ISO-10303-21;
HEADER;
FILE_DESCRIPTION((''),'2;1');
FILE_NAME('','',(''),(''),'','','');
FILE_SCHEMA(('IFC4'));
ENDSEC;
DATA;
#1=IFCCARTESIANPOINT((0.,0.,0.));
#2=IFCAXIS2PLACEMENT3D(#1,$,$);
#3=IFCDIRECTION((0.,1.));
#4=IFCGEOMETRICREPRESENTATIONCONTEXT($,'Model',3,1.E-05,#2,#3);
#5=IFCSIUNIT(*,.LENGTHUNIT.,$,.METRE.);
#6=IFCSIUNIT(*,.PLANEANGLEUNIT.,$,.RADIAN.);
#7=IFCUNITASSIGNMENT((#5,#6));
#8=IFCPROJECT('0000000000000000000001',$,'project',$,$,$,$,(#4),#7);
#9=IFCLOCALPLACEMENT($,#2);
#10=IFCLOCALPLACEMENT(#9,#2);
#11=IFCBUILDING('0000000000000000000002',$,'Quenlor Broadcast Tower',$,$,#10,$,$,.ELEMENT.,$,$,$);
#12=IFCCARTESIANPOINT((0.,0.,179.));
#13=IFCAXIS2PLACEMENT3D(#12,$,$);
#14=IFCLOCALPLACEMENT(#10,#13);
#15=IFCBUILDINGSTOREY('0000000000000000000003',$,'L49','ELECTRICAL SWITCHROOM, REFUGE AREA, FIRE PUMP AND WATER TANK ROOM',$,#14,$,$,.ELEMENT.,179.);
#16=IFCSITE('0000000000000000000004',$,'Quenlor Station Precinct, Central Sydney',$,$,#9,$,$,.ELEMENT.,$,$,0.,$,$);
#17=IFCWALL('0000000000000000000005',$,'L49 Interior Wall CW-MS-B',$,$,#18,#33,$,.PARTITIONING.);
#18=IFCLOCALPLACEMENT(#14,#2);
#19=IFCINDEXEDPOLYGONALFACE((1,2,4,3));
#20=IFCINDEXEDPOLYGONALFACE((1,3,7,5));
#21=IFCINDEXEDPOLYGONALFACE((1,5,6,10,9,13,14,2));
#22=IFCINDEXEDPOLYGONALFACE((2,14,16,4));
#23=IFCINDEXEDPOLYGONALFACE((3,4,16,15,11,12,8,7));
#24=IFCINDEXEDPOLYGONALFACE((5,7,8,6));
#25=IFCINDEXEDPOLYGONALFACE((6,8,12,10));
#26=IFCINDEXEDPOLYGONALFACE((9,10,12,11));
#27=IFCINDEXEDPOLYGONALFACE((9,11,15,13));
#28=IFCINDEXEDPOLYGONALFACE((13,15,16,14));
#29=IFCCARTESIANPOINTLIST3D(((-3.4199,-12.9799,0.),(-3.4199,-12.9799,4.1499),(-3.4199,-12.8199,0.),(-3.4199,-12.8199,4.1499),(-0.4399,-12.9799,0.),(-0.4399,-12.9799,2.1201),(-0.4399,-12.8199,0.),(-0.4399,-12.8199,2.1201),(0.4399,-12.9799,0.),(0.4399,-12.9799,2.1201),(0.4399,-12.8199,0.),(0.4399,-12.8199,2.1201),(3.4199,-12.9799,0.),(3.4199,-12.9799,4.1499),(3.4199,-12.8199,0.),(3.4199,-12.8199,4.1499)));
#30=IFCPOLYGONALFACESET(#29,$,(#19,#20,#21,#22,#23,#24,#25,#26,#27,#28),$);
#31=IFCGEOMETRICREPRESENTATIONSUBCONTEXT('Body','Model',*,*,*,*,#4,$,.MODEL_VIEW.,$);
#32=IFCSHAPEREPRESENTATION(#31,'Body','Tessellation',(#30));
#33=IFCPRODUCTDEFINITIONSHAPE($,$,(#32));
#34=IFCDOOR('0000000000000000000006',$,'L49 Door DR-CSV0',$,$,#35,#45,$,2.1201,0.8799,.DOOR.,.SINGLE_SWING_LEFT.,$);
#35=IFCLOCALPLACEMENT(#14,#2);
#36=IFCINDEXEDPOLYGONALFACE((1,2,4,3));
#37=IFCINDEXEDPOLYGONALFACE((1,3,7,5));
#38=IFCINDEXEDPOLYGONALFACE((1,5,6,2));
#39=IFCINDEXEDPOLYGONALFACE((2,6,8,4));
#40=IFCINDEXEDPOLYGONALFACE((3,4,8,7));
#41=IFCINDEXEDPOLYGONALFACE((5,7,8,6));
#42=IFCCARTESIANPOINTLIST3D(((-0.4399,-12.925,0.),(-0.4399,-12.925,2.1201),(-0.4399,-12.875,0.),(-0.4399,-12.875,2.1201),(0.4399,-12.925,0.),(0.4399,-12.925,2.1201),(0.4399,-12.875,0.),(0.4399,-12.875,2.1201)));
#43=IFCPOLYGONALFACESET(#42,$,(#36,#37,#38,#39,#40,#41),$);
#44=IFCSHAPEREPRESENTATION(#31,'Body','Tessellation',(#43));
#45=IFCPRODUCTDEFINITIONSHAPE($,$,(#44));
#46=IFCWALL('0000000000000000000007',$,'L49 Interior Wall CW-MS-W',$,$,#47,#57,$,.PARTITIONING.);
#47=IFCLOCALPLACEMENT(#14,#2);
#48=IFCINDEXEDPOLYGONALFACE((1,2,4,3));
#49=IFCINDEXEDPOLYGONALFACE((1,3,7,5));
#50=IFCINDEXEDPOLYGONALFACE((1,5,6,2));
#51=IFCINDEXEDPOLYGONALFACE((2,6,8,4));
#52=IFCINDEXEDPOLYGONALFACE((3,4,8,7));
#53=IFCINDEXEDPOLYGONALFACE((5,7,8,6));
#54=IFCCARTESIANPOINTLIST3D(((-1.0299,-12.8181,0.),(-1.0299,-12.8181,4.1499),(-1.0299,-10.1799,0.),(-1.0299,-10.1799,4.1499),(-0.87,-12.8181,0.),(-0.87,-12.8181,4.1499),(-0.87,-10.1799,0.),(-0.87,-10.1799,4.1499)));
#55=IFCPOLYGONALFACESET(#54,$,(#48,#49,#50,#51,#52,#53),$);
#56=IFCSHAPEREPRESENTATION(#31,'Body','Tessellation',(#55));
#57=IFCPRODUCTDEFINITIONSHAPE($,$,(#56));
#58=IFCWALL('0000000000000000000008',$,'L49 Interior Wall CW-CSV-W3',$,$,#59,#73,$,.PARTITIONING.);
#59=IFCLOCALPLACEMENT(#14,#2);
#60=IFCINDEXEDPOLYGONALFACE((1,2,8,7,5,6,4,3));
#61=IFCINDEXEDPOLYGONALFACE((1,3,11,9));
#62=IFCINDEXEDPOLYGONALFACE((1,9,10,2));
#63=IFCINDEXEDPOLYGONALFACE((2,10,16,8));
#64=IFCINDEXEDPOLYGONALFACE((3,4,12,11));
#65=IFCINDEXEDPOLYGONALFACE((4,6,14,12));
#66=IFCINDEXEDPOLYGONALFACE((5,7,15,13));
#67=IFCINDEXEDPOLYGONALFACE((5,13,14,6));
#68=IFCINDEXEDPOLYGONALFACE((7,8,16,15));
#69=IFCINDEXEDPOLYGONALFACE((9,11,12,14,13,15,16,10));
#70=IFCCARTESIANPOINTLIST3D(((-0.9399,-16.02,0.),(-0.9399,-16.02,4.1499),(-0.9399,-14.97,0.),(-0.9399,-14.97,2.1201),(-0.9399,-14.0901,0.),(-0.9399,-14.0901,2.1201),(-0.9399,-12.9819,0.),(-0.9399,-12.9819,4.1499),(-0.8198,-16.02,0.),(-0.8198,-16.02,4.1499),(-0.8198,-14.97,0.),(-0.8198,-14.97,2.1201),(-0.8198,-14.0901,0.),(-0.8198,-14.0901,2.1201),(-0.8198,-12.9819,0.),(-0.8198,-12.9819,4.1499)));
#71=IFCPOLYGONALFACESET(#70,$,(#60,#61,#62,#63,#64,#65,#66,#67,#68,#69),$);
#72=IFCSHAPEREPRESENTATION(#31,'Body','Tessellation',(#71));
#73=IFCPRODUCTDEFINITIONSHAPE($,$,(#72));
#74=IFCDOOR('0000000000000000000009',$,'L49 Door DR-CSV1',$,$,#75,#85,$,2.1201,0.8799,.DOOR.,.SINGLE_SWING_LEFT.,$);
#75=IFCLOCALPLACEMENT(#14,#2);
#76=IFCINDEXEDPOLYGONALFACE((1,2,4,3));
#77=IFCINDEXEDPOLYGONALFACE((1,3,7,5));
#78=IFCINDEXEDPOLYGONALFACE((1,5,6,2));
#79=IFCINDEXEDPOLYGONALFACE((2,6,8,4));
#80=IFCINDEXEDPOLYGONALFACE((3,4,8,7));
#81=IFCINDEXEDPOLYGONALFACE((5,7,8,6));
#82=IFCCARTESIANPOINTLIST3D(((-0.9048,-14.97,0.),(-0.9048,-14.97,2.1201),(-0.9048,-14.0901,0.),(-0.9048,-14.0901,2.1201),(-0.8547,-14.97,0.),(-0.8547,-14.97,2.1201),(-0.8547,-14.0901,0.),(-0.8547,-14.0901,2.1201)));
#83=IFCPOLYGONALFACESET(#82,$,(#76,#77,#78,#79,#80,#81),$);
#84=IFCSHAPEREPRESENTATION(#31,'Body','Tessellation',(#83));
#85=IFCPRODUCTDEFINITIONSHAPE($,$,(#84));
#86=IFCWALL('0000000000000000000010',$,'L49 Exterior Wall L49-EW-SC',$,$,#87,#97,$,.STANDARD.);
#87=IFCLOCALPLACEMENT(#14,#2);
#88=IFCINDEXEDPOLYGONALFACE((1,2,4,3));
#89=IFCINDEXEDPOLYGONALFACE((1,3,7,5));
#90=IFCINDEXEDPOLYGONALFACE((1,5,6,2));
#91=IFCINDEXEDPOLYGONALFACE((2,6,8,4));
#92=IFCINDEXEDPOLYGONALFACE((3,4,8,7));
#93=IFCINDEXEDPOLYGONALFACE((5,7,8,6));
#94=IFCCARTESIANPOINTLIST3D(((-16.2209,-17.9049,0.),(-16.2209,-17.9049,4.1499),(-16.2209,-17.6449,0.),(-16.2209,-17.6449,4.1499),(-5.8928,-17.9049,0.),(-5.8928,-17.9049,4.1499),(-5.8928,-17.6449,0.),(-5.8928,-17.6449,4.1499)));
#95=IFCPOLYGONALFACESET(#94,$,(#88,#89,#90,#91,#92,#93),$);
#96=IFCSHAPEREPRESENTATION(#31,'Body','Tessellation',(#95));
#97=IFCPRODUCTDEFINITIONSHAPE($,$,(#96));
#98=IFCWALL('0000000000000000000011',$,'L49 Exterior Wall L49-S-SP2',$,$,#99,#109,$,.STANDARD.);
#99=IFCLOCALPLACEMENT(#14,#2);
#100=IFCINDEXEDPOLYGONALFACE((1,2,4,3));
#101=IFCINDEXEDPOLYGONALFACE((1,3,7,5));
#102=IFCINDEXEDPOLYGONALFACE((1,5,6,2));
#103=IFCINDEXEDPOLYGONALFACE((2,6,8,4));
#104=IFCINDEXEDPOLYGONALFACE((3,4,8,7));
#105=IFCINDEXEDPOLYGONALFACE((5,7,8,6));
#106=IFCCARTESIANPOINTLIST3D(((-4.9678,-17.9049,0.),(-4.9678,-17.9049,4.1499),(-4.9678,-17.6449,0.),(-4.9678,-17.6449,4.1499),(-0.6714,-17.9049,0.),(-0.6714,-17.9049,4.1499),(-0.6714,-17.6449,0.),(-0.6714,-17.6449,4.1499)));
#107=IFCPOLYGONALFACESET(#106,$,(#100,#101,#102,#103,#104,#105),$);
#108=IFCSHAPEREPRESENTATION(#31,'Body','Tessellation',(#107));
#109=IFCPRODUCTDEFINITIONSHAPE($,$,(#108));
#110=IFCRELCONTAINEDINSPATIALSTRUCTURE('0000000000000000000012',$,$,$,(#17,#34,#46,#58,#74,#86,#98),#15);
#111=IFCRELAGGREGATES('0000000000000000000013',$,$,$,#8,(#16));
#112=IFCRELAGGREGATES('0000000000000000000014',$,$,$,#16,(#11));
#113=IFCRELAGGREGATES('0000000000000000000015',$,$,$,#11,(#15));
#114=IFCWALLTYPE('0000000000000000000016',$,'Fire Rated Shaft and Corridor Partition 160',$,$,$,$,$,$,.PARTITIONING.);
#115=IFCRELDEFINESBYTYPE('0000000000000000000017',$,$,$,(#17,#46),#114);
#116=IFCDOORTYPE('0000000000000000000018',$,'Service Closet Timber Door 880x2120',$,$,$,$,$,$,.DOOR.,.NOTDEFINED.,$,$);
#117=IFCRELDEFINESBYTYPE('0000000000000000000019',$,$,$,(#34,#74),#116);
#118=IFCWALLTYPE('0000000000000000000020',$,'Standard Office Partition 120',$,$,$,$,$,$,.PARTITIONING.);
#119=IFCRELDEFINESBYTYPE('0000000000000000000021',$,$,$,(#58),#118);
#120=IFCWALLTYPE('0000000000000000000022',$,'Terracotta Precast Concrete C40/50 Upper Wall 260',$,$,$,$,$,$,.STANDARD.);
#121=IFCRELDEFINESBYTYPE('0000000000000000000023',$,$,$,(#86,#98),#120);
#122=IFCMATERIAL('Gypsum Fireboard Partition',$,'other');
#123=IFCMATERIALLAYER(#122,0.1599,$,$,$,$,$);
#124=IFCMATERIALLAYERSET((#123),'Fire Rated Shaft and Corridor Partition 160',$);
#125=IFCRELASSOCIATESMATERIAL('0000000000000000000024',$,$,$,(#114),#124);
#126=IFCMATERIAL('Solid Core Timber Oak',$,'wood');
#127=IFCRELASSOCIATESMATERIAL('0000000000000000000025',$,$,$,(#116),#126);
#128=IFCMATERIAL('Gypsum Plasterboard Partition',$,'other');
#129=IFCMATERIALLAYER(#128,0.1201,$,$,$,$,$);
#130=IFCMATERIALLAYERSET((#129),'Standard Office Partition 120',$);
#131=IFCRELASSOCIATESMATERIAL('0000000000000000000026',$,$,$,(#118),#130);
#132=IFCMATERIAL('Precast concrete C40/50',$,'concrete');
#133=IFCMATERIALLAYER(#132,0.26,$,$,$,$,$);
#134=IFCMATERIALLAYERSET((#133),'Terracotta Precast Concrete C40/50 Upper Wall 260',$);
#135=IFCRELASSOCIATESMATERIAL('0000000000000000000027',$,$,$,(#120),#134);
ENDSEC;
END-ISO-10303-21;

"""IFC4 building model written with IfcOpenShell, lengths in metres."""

from ifc_helpers import new_model, si_unit, direction, frame, frame_2d, origin, place, context, subcontext, project, spatial, rectangle, extrude, material, layer, layer_set, type_object, element, fill, save


model = new_model("IFC4")

# Units and contexts
model_context = context("Model", 3, precision=1e-05, world=origin(), true_north=direction((0.0, 1.0)))
body_context = subcontext(model_context, "Body", "Model", "MODEL_VIEW")
ifc_project = project(units=[si_unit("LENGTHUNIT", "METRE"), si_unit("PLANEANGLEUNIT", "RADIAN")], contexts=[model_context])

# Site, building, storey
site_placement = place(None, origin())
site = spatial("IfcSite", under=ifc_project, at=site_placement, Name="Quenlor Station Precinct, Central Sydney", CompositionType="ELEMENT", RefElevation=0.0)
building_placement = place(site_placement, origin())
building = spatial("IfcBuilding", under=site, at=building_placement, Name="Quenlor Broadcast Tower", CompositionType="ELEMENT")
storey_placement = place(building_placement, frame((0.0, 0.0, 179.0)))
storey = spatial("IfcBuildingStorey", under=building, at=storey_placement, Name="L49", Description="ELECTRICAL SWITCHROOM, REFUGE AREA, FIRE PUMP AND WATER TANK ROOM", CompositionType="ELEMENT", Elevation=179.0)

# Shared definitions
ifc_material_1 = material(Name="Gypsum Fireboard Partition", Category="other")
ifc_layer_1 = layer(ifc_material_1, 0.1599)
ifc_layer_set_1 = layer_set([ifc_layer_1], Name="Fire Rated Shaft and Corridor Partition 160")
wall_type_1 = type_object("IfcWallType", Name="Fire Rated Shaft and Corridor Partition 160", PredefinedType="PARTITIONING", material=ifc_layer_set_1)

# Wall, opening, door
wall_1_placement = place(storey_placement, frame((-3.4199, -12.8999, 0.0), z_axis=(0.0, 0.0, 1.0), x_axis=(1.0, 0.0, 0.0)))
wall_1 = element("IfcWall", 1, at=wall_1_placement, inside=storey, type_object=wall_type_1, Name="L49 Interior Wall CW-MS-B", PredefinedType="PARTITIONING", context=body_context, shape_type="SweptSolid", body=[
    extrude(rectangle(XDim=6.8398, YDim=0.1599, at=frame_2d((3.4199, 0.0))), origin(), (0.0, 0.0, 1.0), 4.1499),
])
opening_1_placement = place(wall_1_placement, frame((2.98, 0.0, 0.0)))
opening_1 = element("IfcOpeningElement", 2, at=opening_1_placement, cuts=wall_1, PredefinedType="OPENING", context=body_context, shape_type="SweptSolid", body=[
    extrude(rectangle(XDim=0.8799, YDim=2.1201, at=frame_2d((0.4399, 1.0601))), frame((0.0, 0.0898, 0.0), z_axis=(0.0, -1.0, 0.0), x_axis=(1.0, 0.0, 0.0)), (0.0, 0.0, 1.0), 0.1799),
])
ifc_material_2 = material(Name="Solid Core Timber Oak", Category="wood")
door_type_1 = type_object("IfcDoorType", Name="Service Closet Timber Door 880x2120", OperationType="NOTDEFINED", PredefinedType="DOOR", material=ifc_material_2)
door_1_placement = place(opening_1_placement, origin())
door_1 = element("IfcDoor", 3, at=door_1_placement, inside=storey, type_object=door_type_1, Name="L49 Door DR-CSV0", OperationType="SINGLE_SWING_LEFT", OverallHeight=2.1201, OverallWidth=0.8799, PredefinedType="DOOR", context=body_context, shape_type="SweptSolid", body=[
    extrude(rectangle(XDim=0.8799, YDim=2.1201, at=frame_2d((0.4399, 1.0601))), frame((0.0, 0.0249, 0.0), z_axis=(0.0, -1.0, 0.0), x_axis=(1.0, 0.0, 0.0)), (0.0, 0.0, 1.0), 0.05),
])
fill(opening_1, door_1)

# Wall
wall_2_placement = place(storey_placement, frame((-0.95, -12.8181, 0.0), z_axis=(0.0, 0.0, 1.0), x_axis=(0.0, 1.0, 0.0)))
element("IfcWall", 4, at=wall_2_placement, inside=storey, type_object=wall_type_1, Name="L49 Interior Wall CW-MS-W", PredefinedType="PARTITIONING", context=body_context, shape_type="SweptSolid", body=[
    extrude(rectangle(XDim=2.6382, YDim=0.1599, at=frame_2d((1.3191, 0.0))), origin(), (0.0, 0.0, 1.0), 4.1499),
])

# Wall, opening, door
ifc_material_3 = material(Name="Gypsum Plasterboard Partition", Category="other")
ifc_layer_2 = layer(ifc_material_3, 0.1201)
ifc_layer_set_2 = layer_set([ifc_layer_2], Name="Standard Office Partition 120")
wall_type_2 = type_object("IfcWallType", Name="Standard Office Partition 120", PredefinedType="PARTITIONING", material=ifc_layer_set_2)
wall_3_placement = place(storey_placement, frame((-0.8799, -16.02, 0.0), z_axis=(0.0, 0.0, 1.0), x_axis=(0.0, 1.0, 0.0)))
wall_3 = element("IfcWall", 5, at=wall_3_placement, inside=storey, type_object=wall_type_2, Name="L49 Interior Wall CW-CSV-W3", PredefinedType="PARTITIONING", context=body_context, shape_type="SweptSolid", body=[
    extrude(rectangle(XDim=3.0381, YDim=0.1201, at=frame_2d((1.519, 0.0))), origin(), (0.0, 0.0, 1.0), 4.1499),
])
opening_2_placement = place(wall_3_placement, frame((1.05, 0.0, 0.0)))
opening_2 = element("IfcOpeningElement", 6, at=opening_2_placement, cuts=wall_3, PredefinedType="OPENING", context=body_context, shape_type="SweptSolid", body=[
    extrude(rectangle(XDim=0.8799, YDim=2.1201, at=frame_2d((0.4399, 1.0601))), frame((0.0, 0.0701, 0.0), z_axis=(0.0, -1.0, 0.0), x_axis=(1.0, 0.0, 0.0)), (0.0, 0.0, 1.0), 0.1401),
])
door_2_placement = place(opening_2_placement, origin())
door_2 = element("IfcDoor", 7, at=door_2_placement, inside=storey, type_object=door_type_1, Name="L49 Door DR-CSV1", OperationType="SINGLE_SWING_LEFT", OverallHeight=2.1201, OverallWidth=0.8799, PredefinedType="DOOR", context=body_context, shape_type="SweptSolid", body=[
    extrude(rectangle(XDim=0.8799, YDim=2.1201, at=frame_2d((0.4399, 1.0601))), frame((0.0, 0.0249, 0.0), z_axis=(0.0, -1.0, 0.0), x_axis=(1.0, 0.0, 0.0)), (0.0, 0.0, 1.0), 0.05),
])
fill(opening_2, door_2)

# Walls
ifc_material_4 = material(Name="Precast concrete C40/50", Category="concrete")
ifc_layer_3 = layer(ifc_material_4, 0.26)
ifc_layer_set_3 = layer_set([ifc_layer_3], Name="Terracotta Precast Concrete C40/50 Upper Wall 260")
wall_type_3 = type_object("IfcWallType", Name="Terracotta Precast Concrete C40/50 Upper Wall 260", PredefinedType="STANDARD", material=ifc_layer_set_3)
wall_4_placement = place(storey_placement, frame((-5.8928, -17.7749, 0.0), z_axis=(0.0, 0.0, 1.0), x_axis=(-1.0, 0.0, 0.0)))
element("IfcWall", 8, at=wall_4_placement, inside=storey, type_object=wall_type_3, Name="L49 Exterior Wall L49-EW-SC", PredefinedType="STANDARD", context=body_context, shape_type="SweptSolid", body=[
    extrude(rectangle(XDim=10.3281, YDim=0.26, at=frame_2d((5.1641, 0.0))), origin(), (0.0, 0.0, 1.0), 4.1499),
])
wall_5_placement = place(storey_placement, frame((-0.6714, -17.7749, 0.0), z_axis=(0.0, 0.0, 1.0), x_axis=(-1.0, 0.0, 0.0)))
element("IfcWall", 9, at=wall_5_placement, inside=storey, type_object=wall_type_3, Name="L49 Exterior Wall L49-S-SP2", PredefinedType="STANDARD", context=body_context, shape_type="SweptSolid", body=[
    extrude(rectangle(XDim=4.2964, YDim=0.26, at=frame_2d((2.1482, 0.0))), origin(), (0.0, 0.0, 1.0), 4.1499),
])

save(model, "model.ifc")
